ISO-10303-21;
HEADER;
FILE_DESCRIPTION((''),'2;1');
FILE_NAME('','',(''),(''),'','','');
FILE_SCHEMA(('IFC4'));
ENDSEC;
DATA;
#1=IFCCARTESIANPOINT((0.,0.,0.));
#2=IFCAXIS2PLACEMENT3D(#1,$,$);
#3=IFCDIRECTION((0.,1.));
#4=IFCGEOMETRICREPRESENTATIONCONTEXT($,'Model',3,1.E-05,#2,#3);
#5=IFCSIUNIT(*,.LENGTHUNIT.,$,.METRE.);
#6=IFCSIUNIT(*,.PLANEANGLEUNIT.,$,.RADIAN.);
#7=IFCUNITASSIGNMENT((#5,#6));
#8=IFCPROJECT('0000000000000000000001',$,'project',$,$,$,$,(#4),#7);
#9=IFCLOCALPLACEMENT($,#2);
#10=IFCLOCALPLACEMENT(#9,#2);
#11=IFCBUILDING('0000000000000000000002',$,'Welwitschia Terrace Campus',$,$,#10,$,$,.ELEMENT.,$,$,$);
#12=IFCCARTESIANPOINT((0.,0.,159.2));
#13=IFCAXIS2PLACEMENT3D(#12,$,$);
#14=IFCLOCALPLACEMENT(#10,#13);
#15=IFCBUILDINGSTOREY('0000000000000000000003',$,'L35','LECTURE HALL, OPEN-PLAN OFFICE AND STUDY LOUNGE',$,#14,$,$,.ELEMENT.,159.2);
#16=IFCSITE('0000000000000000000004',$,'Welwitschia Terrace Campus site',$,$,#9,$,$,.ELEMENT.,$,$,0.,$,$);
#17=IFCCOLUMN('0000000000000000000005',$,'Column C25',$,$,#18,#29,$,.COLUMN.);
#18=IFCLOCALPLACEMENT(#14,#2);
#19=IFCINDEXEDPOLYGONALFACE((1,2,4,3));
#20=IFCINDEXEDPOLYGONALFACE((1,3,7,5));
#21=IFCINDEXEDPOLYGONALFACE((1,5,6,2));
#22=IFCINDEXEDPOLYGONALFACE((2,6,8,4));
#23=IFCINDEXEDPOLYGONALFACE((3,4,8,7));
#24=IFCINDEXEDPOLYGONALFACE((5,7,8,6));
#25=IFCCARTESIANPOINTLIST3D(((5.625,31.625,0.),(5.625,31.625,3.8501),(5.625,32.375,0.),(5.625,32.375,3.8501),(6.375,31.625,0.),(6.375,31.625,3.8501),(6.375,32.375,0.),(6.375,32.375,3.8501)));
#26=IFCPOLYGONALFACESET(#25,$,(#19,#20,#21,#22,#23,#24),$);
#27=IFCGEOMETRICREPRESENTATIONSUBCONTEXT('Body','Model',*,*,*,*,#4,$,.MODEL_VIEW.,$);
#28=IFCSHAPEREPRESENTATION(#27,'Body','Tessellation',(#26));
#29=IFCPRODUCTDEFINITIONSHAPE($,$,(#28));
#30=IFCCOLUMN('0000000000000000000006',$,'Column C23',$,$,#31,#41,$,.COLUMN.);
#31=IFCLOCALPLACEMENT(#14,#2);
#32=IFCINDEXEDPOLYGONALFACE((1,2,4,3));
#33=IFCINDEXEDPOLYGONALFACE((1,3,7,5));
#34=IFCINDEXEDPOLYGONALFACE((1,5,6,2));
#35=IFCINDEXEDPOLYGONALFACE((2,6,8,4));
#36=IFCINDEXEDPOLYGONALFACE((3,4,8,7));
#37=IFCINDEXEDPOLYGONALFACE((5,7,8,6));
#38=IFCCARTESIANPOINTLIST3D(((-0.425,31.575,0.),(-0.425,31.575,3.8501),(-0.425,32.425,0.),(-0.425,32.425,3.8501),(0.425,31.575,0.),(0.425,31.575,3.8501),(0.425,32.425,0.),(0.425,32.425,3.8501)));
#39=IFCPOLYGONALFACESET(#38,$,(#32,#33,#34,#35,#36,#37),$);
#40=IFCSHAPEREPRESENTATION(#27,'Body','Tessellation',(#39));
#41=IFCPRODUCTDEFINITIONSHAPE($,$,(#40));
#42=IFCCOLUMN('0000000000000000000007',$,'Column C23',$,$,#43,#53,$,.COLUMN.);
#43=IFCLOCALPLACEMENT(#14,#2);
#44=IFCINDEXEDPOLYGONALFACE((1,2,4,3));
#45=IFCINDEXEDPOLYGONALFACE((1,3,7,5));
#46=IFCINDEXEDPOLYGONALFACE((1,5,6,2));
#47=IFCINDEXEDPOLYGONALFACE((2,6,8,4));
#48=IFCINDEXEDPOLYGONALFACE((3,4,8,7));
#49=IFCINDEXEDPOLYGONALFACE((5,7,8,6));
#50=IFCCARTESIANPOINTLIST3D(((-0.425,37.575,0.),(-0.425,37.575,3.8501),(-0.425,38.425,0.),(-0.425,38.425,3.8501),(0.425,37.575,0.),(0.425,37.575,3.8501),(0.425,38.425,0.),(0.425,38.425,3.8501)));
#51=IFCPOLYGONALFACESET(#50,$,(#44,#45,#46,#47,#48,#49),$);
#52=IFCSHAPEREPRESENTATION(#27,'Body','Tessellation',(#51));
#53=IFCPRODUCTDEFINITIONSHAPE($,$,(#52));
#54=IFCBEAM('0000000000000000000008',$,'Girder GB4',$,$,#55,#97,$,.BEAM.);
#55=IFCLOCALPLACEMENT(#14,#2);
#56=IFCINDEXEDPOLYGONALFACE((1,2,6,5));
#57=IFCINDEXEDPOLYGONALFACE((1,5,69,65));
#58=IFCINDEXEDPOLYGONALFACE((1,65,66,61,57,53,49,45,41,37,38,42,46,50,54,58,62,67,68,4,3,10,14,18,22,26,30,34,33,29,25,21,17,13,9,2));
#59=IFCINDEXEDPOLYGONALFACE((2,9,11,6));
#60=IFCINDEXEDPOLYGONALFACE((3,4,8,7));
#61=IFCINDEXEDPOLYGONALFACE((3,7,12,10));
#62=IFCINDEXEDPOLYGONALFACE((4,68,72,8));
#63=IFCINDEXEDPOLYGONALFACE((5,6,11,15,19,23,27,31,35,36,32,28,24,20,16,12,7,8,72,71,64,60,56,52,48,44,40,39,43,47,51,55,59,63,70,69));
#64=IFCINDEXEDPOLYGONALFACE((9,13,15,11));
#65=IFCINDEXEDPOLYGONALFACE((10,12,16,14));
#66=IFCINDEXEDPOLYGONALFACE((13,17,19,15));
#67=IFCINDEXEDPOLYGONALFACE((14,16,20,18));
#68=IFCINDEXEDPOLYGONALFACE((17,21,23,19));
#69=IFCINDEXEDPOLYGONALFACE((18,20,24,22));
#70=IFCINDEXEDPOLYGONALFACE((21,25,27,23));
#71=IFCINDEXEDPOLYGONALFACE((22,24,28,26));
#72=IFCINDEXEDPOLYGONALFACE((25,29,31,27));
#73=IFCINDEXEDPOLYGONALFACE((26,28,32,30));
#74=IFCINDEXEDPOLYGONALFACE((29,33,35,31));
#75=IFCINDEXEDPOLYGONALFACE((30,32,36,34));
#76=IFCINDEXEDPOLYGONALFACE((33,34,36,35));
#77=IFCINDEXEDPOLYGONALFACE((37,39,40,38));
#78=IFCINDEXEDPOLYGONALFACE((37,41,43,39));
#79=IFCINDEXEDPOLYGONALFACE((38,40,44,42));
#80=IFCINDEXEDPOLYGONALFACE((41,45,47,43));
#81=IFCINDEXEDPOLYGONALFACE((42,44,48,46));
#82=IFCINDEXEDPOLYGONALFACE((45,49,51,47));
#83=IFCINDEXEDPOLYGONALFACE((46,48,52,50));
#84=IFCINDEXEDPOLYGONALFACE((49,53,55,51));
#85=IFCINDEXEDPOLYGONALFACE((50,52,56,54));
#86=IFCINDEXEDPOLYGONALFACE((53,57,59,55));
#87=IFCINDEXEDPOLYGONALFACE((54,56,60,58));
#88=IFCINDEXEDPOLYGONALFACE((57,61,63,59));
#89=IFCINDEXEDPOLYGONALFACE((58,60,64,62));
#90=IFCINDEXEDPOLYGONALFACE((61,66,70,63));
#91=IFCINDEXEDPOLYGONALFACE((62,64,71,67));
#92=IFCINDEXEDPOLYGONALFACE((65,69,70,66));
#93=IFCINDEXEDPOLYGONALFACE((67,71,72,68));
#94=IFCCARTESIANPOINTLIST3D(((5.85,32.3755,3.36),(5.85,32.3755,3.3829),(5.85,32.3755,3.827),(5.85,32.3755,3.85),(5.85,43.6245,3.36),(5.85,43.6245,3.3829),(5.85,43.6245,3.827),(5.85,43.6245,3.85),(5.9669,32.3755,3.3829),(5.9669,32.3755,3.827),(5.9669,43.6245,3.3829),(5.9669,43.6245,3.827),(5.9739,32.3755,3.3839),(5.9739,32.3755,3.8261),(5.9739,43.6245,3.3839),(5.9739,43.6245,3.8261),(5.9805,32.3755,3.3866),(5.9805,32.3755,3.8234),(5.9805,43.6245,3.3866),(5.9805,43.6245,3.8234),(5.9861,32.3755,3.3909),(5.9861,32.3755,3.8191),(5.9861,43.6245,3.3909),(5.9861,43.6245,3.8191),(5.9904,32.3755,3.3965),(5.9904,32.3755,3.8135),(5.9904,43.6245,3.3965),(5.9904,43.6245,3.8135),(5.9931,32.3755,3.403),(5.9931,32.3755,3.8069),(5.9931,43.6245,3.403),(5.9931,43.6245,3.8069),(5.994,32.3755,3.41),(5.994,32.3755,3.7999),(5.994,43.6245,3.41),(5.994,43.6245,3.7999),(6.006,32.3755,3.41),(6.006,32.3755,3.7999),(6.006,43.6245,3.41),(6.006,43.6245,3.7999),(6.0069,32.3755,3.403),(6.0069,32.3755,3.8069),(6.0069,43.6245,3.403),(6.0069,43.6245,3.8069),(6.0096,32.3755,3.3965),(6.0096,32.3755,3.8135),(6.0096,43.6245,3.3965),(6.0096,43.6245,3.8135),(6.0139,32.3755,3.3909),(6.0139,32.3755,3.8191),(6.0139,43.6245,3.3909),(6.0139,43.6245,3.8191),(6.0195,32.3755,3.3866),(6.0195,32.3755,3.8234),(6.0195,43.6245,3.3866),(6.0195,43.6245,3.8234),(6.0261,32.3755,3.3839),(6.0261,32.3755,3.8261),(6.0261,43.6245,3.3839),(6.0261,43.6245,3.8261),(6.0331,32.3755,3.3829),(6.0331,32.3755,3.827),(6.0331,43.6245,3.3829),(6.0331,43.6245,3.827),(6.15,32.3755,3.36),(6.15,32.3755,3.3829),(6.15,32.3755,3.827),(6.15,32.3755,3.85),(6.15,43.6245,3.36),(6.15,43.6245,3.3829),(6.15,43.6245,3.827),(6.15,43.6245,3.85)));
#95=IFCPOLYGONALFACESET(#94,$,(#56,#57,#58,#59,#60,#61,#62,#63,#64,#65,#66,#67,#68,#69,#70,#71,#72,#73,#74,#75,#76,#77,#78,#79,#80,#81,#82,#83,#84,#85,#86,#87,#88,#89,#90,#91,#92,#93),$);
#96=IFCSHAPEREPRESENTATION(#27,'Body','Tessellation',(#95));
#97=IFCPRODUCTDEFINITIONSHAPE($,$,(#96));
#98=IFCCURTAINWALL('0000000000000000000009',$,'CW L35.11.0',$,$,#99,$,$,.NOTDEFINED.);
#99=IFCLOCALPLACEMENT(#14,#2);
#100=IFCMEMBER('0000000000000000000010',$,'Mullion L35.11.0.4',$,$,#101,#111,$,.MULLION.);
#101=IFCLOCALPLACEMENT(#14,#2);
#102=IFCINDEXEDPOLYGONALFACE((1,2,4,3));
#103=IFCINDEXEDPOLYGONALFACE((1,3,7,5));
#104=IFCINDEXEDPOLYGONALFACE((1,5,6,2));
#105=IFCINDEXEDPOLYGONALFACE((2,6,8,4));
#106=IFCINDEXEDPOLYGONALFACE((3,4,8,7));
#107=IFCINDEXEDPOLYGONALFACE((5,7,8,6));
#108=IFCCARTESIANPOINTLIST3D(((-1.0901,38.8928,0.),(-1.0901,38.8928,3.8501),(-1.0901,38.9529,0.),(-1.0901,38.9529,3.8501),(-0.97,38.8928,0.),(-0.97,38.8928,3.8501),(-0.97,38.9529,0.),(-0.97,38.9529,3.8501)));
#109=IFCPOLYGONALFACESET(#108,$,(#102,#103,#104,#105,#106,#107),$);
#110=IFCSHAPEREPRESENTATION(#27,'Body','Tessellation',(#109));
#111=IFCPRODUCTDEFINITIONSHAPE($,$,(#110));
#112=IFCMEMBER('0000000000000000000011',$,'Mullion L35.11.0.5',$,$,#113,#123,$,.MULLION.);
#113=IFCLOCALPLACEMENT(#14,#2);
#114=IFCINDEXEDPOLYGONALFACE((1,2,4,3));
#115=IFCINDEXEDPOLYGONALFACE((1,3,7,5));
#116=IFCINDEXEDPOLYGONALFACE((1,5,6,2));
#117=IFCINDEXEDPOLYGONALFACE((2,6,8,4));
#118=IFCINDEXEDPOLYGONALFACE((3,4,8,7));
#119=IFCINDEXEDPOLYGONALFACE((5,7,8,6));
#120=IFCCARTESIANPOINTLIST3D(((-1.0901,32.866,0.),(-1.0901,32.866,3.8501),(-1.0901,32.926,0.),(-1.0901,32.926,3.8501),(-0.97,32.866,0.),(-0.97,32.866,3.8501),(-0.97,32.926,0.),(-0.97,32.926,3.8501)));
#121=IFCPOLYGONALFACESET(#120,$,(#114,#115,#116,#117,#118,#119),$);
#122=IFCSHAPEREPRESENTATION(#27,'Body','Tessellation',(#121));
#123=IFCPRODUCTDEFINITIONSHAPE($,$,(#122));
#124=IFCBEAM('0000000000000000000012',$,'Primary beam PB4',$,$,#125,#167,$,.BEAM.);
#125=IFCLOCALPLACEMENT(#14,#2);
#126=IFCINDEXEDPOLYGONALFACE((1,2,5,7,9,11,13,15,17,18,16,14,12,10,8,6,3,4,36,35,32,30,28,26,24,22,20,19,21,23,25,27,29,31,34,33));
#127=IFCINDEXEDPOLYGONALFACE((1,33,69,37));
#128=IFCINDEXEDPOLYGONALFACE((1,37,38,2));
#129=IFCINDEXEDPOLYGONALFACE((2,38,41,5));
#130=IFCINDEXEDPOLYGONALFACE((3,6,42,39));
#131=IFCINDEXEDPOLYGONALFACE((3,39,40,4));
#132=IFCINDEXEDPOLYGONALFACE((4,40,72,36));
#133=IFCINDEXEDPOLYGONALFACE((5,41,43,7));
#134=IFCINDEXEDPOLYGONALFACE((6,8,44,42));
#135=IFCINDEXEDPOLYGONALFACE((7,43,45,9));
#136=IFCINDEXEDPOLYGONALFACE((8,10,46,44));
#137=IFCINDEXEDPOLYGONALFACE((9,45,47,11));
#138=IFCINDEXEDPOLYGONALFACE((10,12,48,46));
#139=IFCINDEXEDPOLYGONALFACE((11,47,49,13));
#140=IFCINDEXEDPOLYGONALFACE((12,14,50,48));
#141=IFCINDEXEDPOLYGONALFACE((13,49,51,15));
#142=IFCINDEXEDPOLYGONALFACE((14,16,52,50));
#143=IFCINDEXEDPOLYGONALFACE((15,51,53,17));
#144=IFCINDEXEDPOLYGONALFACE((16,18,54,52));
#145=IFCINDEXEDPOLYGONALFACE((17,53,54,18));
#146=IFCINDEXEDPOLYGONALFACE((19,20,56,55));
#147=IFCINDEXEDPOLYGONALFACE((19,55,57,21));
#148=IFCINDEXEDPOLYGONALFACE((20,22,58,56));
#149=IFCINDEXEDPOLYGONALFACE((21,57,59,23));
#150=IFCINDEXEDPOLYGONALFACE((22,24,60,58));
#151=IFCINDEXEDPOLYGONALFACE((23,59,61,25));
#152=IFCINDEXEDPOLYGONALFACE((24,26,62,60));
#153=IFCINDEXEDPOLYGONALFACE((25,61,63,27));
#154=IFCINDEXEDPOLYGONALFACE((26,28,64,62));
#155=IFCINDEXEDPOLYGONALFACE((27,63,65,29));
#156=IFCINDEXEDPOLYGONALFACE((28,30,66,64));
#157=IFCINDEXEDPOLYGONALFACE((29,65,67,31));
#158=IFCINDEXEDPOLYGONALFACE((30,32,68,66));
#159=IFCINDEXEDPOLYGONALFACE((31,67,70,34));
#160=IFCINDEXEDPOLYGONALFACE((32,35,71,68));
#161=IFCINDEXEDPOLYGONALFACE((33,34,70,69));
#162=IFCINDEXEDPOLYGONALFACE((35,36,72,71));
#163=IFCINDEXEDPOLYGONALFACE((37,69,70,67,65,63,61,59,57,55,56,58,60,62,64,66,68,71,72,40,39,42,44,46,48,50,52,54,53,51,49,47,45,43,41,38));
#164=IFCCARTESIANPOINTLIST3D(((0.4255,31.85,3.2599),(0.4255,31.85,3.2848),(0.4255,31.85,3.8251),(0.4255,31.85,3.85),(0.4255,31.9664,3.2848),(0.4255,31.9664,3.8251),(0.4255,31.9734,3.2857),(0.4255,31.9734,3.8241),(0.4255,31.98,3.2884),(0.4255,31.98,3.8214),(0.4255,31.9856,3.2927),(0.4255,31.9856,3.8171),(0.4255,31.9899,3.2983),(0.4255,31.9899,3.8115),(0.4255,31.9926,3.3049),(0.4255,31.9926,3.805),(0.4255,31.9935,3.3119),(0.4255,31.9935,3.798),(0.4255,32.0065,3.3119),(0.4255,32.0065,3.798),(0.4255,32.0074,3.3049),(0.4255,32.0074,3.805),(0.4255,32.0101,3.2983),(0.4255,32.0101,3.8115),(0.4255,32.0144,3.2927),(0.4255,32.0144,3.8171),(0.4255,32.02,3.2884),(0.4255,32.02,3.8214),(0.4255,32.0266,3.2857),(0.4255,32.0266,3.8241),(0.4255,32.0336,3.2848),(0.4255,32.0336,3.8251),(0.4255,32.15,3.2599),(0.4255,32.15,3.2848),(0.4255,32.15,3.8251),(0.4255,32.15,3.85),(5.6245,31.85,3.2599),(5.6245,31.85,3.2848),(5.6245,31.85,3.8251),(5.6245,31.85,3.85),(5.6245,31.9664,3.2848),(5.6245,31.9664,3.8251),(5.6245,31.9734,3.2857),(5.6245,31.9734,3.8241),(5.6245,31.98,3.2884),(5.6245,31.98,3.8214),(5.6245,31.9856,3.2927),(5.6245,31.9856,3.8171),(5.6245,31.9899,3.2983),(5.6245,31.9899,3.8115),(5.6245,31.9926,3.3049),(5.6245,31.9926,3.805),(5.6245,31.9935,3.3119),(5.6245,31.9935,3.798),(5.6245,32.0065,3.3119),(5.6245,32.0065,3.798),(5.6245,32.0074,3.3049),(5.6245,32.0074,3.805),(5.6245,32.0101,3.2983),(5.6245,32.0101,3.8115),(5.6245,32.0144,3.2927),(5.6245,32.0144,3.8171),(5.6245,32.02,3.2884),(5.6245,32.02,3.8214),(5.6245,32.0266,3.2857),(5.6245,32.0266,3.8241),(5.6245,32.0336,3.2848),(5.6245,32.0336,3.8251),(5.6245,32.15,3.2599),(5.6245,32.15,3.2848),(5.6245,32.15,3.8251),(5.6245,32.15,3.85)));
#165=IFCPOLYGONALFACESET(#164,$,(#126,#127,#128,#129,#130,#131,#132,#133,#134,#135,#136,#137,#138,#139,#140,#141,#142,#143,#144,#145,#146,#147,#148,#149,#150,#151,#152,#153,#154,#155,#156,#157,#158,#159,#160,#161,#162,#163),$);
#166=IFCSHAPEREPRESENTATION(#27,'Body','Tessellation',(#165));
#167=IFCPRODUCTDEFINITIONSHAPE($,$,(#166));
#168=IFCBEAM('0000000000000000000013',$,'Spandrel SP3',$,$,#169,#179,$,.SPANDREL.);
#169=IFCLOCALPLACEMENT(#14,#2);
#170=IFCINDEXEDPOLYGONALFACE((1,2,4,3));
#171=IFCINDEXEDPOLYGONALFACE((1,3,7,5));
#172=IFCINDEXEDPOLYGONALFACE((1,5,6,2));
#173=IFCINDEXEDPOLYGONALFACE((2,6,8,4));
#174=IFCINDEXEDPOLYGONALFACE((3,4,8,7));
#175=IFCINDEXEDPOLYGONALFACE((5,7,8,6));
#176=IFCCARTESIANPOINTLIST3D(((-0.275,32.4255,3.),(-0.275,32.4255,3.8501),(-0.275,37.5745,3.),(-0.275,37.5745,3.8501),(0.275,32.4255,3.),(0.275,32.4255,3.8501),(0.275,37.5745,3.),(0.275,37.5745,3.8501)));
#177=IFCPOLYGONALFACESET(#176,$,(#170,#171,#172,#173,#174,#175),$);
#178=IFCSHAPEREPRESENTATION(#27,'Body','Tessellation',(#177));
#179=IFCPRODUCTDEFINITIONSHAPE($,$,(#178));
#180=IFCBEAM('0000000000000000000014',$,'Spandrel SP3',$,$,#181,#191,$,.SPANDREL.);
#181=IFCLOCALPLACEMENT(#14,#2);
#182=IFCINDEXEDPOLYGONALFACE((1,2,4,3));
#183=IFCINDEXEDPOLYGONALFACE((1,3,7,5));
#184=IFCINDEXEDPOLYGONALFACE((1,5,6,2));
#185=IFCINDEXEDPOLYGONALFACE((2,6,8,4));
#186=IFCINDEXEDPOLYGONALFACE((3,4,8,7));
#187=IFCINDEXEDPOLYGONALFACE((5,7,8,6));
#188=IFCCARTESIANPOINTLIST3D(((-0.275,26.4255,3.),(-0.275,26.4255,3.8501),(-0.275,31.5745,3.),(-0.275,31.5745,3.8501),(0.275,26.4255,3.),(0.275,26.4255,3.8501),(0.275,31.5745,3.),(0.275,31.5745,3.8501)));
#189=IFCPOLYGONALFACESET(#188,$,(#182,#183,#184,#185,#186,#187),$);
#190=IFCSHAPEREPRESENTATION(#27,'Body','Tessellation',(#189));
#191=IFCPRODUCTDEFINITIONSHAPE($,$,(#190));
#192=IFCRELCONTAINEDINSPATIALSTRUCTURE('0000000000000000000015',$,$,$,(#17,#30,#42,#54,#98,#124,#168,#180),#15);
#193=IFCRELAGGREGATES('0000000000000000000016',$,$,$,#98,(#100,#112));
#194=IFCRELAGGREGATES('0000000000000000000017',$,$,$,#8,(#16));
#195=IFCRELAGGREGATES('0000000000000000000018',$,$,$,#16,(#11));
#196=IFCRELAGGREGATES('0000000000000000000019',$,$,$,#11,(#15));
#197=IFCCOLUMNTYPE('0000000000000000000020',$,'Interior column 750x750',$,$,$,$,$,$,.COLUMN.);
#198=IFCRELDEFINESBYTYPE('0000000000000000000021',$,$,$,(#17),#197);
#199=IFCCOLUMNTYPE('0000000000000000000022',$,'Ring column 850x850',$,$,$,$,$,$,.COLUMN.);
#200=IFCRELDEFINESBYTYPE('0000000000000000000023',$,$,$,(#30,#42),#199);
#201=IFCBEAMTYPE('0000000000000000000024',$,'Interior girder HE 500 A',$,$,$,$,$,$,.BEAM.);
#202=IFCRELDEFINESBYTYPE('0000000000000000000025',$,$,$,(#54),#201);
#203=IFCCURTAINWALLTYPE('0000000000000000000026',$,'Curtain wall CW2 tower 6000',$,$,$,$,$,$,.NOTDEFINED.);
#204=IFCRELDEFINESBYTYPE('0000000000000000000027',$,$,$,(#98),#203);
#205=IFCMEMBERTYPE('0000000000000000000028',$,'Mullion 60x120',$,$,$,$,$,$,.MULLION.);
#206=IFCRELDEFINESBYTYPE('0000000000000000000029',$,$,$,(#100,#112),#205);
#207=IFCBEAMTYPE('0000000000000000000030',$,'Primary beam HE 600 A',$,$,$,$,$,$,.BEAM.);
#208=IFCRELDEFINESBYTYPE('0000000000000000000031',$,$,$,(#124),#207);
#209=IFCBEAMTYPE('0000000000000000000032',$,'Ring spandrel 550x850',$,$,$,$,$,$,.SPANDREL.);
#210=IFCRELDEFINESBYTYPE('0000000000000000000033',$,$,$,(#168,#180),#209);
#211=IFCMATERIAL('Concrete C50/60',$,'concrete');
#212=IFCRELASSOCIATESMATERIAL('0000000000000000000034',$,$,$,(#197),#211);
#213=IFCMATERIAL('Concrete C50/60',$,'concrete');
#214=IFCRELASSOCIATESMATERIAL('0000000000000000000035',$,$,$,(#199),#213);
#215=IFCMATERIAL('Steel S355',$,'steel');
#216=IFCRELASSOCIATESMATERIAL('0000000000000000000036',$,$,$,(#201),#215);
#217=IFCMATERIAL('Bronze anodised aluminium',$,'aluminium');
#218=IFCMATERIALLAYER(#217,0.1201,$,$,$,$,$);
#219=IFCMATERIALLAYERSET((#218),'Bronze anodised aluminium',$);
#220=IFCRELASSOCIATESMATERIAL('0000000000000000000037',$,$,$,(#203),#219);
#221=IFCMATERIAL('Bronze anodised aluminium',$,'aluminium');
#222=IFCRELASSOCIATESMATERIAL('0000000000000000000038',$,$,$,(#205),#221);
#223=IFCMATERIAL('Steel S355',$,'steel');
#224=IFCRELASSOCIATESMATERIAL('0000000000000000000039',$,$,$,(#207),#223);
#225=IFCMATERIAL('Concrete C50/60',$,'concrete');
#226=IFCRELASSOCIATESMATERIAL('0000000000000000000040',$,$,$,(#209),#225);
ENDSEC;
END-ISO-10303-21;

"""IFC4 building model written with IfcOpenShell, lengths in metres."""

from ifc_helpers import new_model, si_unit, direction, frame, origin, origin_2d, place, context, subcontext, project, spatial, rectangle, i_section, extrude, material, layer, layer_set, material_profile, profile_set, type_object, element, aggregate, save


model = new_model("IFC4")

# Units and contexts
model_context = context("Model", 3, precision=1e-05, world=origin(), true_north=direction((0.0, 1.0)))
body_context = subcontext(model_context, "Body", "Model", "MODEL_VIEW")
ifc_project = project(units=[si_unit("LENGTHUNIT", "METRE"), si_unit("PLANEANGLEUNIT", "RADIAN")], contexts=[model_context])

# Site, building, storey
site_placement = place(None, origin())
site = spatial("IfcSite", under=ifc_project, at=site_placement, Name="Welwitschia Terrace Campus site", CompositionType="ELEMENT", RefElevation=0.0)
building_placement = place(site_placement, origin())
building = spatial("IfcBuilding", under=site, at=building_placement, Name="Welwitschia Terrace Campus", CompositionType="ELEMENT")
storey_placement = place(building_placement, frame((0.0, 0.0, 159.2)))
storey = spatial("IfcBuildingStorey", under=building, at=storey_placement, Name="L35", Description="LECTURE HALL, OPEN-PLAN OFFICE AND STUDY LOUNGE", CompositionType="ELEMENT", Elevation=159.2)

# Columns
ifc_material_1 = material(Name="Concrete C50/60", Category="concrete")
ifc_material_profile_1 = material_profile(ifc_material_1, rectangle(XDim=0.75, YDim=0.75, at=origin_2d()))
ifc_profile_set_1 = profile_set([ifc_material_profile_1], Name="Concrete C50/60")
column_type_1 = type_object("IfcColumnType", Name="Interior column 750x750", PredefinedType="COLUMN", material=ifc_profile_set_1)
column_placement = place(storey_placement, frame((6.0, 32.0, 0.0), z_axis=(0.0, 0.0, 1.0), x_axis=(1.0, 0.0, 0.0)))
element("IfcColumn", 1, at=column_placement, inside=storey, type_object=column_type_1, Name="Column C25", PredefinedType="COLUMN", context=body_context, shape_type="SweptSolid", body=[
    extrude(rectangle(XDim=0.75, YDim=0.75, at=origin_2d()), origin(), (0.0, 0.0, 1.0), 3.8501),
])
ifc_material_2 = material(Name="Concrete C50/60", Category="concrete")
ifc_material_profile_2 = material_profile(ifc_material_2, rectangle(XDim=0.8501, YDim=0.8501, at=origin_2d()))
ifc_profile_set_2 = profile_set([ifc_material_profile_2], Name="Concrete C50/60")
column_type_2 = type_object("IfcColumnType", Name="Ring column 850x850", PredefinedType="COLUMN", material=ifc_profile_set_2)
for number, where, z_axis, x_axis, name in (
    (2, (0.0, 32.0, 0.0), (0.0, 0.0, 1.0), (1.0, 0.0, 0.0), "Column C23"),
    (3, (0.0, 38.0, 0.0), (0.0, 0.0, 1.0), (1.0, 0.0, 0.0), "Column C23"),
):
    element("IfcColumn", number, at=place(storey_placement, frame(where, z_axis=z_axis, x_axis=x_axis)), inside=storey, type_object=column_type_2, Name=name, PredefinedType="COLUMN", context=body_context, shape_type="SweptSolid", body=[
        extrude(rectangle(XDim=0.8501, YDim=0.8501, at=origin_2d()), origin(), (0.0, 0.0, 1.0), 3.8501),
    ])

# Beam
ifc_material_3 = material(Name="Steel S355", Category="steel")
ifc_material_profile_3 = material_profile(ifc_material_3, i_section(OverallWidth=0.3, OverallDepth=0.49, WebThickness=0.012, FlangeThickness=0.0229, FilletRadius=0.0271, at=origin_2d()))
ifc_profile_set_3 = profile_set([ifc_material_profile_3], Name="Steel S355")
beam_type_1 = type_object("IfcBeamType", Name="Interior girder HE 500 A", PredefinedType="BEAM", material=ifc_profile_set_3)
beam_1_placement = place(storey_placement, frame((6.0, 32.3755, 3.605), z_axis=(0.0, 1.0, 0.0), x_axis=(-1.0, 0.0, 0.0)))
element("IfcBeam", 4, at=beam_1_placement, inside=storey, type_object=beam_type_1, Name="Girder GB4", PredefinedType="BEAM", context=body_context, shape_type="SweptSolid", body=[
    extrude(i_section(OverallWidth=0.3, OverallDepth=0.49, WebThickness=0.012, FlangeThickness=0.0229, FilletRadius=0.0271, at=origin_2d()), origin(), (0.0, 0.0, 1.0), 11.249),
])

# Curtain wall, members
ifc_material_4 = material(Name="Bronze anodised aluminium", Category="aluminium")
ifc_layer_1 = layer(ifc_material_4, 0.1201)
ifc_layer_set_1 = layer_set([ifc_layer_1], Name="Bronze anodised aluminium")
curtain_wall_type = type_object("IfcCurtainWallType", Name="Curtain wall CW2 tower 6000", PredefinedType="NOTDEFINED", material=ifc_layer_set_1)
curtain_wall_placement = place(storey_placement, origin())
curtain_wall = element("IfcCurtainWall", 5, at=curtain_wall_placement, inside=storey, type_object=curtain_wall_type, Name="CW L35.11.0", PredefinedType="NOTDEFINED")
ifc_material_5 = material(Name="Bronze anodised aluminium", Category="aluminium")
ifc_material_profile_4 = material_profile(ifc_material_5, rectangle(XDim=0.1201, YDim=0.0601, at=origin_2d()))
ifc_profile_set_4 = profile_set([ifc_material_profile_4], Name="Bronze anodised aluminium")
member_type = type_object("IfcMemberType", Name="Mullion 60x120", PredefinedType="MULLION", material=ifc_profile_set_4)
member_1_placement = place(storey_placement, frame((-1.03, 38.9229, 0.0), z_axis=(0.0, 0.0, 1.0), x_axis=(1.0, 0.0, 0.0)))
member_1 = element("IfcMember", 6, at=member_1_placement, type_object=member_type, Name="Mullion L35.11.0.4", PredefinedType="MULLION", context=body_context, shape_type="SweptSolid", body=[
    extrude(rectangle(XDim=0.1201, YDim=0.0601, at=origin_2d()), origin(), (0.0, 0.0, 1.0), 3.8501),
])
member_2_placement = place(storey_placement, frame((-1.03, 32.896, 0.0), z_axis=(0.0, 0.0, 1.0), x_axis=(1.0, 0.0, 0.0)))
member_2 = element("IfcMember", 7, at=member_2_placement, type_object=member_type, Name="Mullion L35.11.0.5", PredefinedType="MULLION", context=body_context, shape_type="SweptSolid", body=[
    extrude(rectangle(XDim=0.1201, YDim=0.0601, at=origin_2d()), origin(), (0.0, 0.0, 1.0), 3.8501),
])

# Beams
ifc_material_6 = material(Name="Steel S355", Category="steel")
ifc_material_profile_5 = material_profile(ifc_material_6, i_section(OverallWidth=0.3, OverallDepth=0.5901, WebThickness=0.0129, FlangeThickness=0.0249, FilletRadius=0.0271, at=origin_2d()))
ifc_profile_set_5 = profile_set([ifc_material_profile_5], Name="Steel S355")
beam_type_2 = type_object("IfcBeamType", Name="Primary beam HE 600 A", PredefinedType="BEAM", material=ifc_profile_set_5)
beam_2_placement = place(storey_placement, frame((0.4255, 32.0, 3.5549), z_axis=(1.0, 0.0, 0.0), x_axis=(0.0, 1.0, 0.0)))
element("IfcBeam", 8, at=beam_2_placement, inside=storey, type_object=beam_type_2, Name="Primary beam PB4", PredefinedType="BEAM", context=body_context, shape_type="SweptSolid", body=[
    extrude(i_section(OverallWidth=0.3, OverallDepth=0.5901, WebThickness=0.0129, FlangeThickness=0.0249, FilletRadius=0.0271, at=origin_2d()), origin(), (0.0, 0.0, 1.0), 5.199),
])
ifc_material_7 = material(Name="Concrete C50/60", Category="concrete")
ifc_material_profile_6 = material_profile(ifc_material_7, rectangle(XDim=0.55, YDim=0.8501, at=origin_2d()))
ifc_profile_set_6 = profile_set([ifc_material_profile_6], Name="Concrete C50/60")
beam_type_3 = type_object("IfcBeamType", Name="Ring spandrel 550x850", PredefinedType="SPANDREL", material=ifc_profile_set_6)
for number, where, z_axis, x_axis, name in (
    (9, (0.0, 37.5745, 3.425), (0.0, -1.0, 0.0), (1.0, 0.0, 0.0), "Spandrel SP3"),
    (10, (0.0, 31.5745, 3.425), (0.0, -1.0, 0.0), (1.0, 0.0, 0.0), "Spandrel SP3"),
):
    element("IfcBeam", number, at=place(storey_placement, frame(where, z_axis=z_axis, x_axis=x_axis)), inside=storey, type_object=beam_type_3, Name=name, PredefinedType="SPANDREL", context=body_context, shape_type="SweptSolid", body=[
        extrude(rectangle(XDim=0.55, YDim=0.8501, at=origin_2d()), origin(), (0.0, 0.0, 1.0), 5.1489),
    ])

aggregate(curtain_wall, [member_1, member_2])

save(model, "model.ifc")
